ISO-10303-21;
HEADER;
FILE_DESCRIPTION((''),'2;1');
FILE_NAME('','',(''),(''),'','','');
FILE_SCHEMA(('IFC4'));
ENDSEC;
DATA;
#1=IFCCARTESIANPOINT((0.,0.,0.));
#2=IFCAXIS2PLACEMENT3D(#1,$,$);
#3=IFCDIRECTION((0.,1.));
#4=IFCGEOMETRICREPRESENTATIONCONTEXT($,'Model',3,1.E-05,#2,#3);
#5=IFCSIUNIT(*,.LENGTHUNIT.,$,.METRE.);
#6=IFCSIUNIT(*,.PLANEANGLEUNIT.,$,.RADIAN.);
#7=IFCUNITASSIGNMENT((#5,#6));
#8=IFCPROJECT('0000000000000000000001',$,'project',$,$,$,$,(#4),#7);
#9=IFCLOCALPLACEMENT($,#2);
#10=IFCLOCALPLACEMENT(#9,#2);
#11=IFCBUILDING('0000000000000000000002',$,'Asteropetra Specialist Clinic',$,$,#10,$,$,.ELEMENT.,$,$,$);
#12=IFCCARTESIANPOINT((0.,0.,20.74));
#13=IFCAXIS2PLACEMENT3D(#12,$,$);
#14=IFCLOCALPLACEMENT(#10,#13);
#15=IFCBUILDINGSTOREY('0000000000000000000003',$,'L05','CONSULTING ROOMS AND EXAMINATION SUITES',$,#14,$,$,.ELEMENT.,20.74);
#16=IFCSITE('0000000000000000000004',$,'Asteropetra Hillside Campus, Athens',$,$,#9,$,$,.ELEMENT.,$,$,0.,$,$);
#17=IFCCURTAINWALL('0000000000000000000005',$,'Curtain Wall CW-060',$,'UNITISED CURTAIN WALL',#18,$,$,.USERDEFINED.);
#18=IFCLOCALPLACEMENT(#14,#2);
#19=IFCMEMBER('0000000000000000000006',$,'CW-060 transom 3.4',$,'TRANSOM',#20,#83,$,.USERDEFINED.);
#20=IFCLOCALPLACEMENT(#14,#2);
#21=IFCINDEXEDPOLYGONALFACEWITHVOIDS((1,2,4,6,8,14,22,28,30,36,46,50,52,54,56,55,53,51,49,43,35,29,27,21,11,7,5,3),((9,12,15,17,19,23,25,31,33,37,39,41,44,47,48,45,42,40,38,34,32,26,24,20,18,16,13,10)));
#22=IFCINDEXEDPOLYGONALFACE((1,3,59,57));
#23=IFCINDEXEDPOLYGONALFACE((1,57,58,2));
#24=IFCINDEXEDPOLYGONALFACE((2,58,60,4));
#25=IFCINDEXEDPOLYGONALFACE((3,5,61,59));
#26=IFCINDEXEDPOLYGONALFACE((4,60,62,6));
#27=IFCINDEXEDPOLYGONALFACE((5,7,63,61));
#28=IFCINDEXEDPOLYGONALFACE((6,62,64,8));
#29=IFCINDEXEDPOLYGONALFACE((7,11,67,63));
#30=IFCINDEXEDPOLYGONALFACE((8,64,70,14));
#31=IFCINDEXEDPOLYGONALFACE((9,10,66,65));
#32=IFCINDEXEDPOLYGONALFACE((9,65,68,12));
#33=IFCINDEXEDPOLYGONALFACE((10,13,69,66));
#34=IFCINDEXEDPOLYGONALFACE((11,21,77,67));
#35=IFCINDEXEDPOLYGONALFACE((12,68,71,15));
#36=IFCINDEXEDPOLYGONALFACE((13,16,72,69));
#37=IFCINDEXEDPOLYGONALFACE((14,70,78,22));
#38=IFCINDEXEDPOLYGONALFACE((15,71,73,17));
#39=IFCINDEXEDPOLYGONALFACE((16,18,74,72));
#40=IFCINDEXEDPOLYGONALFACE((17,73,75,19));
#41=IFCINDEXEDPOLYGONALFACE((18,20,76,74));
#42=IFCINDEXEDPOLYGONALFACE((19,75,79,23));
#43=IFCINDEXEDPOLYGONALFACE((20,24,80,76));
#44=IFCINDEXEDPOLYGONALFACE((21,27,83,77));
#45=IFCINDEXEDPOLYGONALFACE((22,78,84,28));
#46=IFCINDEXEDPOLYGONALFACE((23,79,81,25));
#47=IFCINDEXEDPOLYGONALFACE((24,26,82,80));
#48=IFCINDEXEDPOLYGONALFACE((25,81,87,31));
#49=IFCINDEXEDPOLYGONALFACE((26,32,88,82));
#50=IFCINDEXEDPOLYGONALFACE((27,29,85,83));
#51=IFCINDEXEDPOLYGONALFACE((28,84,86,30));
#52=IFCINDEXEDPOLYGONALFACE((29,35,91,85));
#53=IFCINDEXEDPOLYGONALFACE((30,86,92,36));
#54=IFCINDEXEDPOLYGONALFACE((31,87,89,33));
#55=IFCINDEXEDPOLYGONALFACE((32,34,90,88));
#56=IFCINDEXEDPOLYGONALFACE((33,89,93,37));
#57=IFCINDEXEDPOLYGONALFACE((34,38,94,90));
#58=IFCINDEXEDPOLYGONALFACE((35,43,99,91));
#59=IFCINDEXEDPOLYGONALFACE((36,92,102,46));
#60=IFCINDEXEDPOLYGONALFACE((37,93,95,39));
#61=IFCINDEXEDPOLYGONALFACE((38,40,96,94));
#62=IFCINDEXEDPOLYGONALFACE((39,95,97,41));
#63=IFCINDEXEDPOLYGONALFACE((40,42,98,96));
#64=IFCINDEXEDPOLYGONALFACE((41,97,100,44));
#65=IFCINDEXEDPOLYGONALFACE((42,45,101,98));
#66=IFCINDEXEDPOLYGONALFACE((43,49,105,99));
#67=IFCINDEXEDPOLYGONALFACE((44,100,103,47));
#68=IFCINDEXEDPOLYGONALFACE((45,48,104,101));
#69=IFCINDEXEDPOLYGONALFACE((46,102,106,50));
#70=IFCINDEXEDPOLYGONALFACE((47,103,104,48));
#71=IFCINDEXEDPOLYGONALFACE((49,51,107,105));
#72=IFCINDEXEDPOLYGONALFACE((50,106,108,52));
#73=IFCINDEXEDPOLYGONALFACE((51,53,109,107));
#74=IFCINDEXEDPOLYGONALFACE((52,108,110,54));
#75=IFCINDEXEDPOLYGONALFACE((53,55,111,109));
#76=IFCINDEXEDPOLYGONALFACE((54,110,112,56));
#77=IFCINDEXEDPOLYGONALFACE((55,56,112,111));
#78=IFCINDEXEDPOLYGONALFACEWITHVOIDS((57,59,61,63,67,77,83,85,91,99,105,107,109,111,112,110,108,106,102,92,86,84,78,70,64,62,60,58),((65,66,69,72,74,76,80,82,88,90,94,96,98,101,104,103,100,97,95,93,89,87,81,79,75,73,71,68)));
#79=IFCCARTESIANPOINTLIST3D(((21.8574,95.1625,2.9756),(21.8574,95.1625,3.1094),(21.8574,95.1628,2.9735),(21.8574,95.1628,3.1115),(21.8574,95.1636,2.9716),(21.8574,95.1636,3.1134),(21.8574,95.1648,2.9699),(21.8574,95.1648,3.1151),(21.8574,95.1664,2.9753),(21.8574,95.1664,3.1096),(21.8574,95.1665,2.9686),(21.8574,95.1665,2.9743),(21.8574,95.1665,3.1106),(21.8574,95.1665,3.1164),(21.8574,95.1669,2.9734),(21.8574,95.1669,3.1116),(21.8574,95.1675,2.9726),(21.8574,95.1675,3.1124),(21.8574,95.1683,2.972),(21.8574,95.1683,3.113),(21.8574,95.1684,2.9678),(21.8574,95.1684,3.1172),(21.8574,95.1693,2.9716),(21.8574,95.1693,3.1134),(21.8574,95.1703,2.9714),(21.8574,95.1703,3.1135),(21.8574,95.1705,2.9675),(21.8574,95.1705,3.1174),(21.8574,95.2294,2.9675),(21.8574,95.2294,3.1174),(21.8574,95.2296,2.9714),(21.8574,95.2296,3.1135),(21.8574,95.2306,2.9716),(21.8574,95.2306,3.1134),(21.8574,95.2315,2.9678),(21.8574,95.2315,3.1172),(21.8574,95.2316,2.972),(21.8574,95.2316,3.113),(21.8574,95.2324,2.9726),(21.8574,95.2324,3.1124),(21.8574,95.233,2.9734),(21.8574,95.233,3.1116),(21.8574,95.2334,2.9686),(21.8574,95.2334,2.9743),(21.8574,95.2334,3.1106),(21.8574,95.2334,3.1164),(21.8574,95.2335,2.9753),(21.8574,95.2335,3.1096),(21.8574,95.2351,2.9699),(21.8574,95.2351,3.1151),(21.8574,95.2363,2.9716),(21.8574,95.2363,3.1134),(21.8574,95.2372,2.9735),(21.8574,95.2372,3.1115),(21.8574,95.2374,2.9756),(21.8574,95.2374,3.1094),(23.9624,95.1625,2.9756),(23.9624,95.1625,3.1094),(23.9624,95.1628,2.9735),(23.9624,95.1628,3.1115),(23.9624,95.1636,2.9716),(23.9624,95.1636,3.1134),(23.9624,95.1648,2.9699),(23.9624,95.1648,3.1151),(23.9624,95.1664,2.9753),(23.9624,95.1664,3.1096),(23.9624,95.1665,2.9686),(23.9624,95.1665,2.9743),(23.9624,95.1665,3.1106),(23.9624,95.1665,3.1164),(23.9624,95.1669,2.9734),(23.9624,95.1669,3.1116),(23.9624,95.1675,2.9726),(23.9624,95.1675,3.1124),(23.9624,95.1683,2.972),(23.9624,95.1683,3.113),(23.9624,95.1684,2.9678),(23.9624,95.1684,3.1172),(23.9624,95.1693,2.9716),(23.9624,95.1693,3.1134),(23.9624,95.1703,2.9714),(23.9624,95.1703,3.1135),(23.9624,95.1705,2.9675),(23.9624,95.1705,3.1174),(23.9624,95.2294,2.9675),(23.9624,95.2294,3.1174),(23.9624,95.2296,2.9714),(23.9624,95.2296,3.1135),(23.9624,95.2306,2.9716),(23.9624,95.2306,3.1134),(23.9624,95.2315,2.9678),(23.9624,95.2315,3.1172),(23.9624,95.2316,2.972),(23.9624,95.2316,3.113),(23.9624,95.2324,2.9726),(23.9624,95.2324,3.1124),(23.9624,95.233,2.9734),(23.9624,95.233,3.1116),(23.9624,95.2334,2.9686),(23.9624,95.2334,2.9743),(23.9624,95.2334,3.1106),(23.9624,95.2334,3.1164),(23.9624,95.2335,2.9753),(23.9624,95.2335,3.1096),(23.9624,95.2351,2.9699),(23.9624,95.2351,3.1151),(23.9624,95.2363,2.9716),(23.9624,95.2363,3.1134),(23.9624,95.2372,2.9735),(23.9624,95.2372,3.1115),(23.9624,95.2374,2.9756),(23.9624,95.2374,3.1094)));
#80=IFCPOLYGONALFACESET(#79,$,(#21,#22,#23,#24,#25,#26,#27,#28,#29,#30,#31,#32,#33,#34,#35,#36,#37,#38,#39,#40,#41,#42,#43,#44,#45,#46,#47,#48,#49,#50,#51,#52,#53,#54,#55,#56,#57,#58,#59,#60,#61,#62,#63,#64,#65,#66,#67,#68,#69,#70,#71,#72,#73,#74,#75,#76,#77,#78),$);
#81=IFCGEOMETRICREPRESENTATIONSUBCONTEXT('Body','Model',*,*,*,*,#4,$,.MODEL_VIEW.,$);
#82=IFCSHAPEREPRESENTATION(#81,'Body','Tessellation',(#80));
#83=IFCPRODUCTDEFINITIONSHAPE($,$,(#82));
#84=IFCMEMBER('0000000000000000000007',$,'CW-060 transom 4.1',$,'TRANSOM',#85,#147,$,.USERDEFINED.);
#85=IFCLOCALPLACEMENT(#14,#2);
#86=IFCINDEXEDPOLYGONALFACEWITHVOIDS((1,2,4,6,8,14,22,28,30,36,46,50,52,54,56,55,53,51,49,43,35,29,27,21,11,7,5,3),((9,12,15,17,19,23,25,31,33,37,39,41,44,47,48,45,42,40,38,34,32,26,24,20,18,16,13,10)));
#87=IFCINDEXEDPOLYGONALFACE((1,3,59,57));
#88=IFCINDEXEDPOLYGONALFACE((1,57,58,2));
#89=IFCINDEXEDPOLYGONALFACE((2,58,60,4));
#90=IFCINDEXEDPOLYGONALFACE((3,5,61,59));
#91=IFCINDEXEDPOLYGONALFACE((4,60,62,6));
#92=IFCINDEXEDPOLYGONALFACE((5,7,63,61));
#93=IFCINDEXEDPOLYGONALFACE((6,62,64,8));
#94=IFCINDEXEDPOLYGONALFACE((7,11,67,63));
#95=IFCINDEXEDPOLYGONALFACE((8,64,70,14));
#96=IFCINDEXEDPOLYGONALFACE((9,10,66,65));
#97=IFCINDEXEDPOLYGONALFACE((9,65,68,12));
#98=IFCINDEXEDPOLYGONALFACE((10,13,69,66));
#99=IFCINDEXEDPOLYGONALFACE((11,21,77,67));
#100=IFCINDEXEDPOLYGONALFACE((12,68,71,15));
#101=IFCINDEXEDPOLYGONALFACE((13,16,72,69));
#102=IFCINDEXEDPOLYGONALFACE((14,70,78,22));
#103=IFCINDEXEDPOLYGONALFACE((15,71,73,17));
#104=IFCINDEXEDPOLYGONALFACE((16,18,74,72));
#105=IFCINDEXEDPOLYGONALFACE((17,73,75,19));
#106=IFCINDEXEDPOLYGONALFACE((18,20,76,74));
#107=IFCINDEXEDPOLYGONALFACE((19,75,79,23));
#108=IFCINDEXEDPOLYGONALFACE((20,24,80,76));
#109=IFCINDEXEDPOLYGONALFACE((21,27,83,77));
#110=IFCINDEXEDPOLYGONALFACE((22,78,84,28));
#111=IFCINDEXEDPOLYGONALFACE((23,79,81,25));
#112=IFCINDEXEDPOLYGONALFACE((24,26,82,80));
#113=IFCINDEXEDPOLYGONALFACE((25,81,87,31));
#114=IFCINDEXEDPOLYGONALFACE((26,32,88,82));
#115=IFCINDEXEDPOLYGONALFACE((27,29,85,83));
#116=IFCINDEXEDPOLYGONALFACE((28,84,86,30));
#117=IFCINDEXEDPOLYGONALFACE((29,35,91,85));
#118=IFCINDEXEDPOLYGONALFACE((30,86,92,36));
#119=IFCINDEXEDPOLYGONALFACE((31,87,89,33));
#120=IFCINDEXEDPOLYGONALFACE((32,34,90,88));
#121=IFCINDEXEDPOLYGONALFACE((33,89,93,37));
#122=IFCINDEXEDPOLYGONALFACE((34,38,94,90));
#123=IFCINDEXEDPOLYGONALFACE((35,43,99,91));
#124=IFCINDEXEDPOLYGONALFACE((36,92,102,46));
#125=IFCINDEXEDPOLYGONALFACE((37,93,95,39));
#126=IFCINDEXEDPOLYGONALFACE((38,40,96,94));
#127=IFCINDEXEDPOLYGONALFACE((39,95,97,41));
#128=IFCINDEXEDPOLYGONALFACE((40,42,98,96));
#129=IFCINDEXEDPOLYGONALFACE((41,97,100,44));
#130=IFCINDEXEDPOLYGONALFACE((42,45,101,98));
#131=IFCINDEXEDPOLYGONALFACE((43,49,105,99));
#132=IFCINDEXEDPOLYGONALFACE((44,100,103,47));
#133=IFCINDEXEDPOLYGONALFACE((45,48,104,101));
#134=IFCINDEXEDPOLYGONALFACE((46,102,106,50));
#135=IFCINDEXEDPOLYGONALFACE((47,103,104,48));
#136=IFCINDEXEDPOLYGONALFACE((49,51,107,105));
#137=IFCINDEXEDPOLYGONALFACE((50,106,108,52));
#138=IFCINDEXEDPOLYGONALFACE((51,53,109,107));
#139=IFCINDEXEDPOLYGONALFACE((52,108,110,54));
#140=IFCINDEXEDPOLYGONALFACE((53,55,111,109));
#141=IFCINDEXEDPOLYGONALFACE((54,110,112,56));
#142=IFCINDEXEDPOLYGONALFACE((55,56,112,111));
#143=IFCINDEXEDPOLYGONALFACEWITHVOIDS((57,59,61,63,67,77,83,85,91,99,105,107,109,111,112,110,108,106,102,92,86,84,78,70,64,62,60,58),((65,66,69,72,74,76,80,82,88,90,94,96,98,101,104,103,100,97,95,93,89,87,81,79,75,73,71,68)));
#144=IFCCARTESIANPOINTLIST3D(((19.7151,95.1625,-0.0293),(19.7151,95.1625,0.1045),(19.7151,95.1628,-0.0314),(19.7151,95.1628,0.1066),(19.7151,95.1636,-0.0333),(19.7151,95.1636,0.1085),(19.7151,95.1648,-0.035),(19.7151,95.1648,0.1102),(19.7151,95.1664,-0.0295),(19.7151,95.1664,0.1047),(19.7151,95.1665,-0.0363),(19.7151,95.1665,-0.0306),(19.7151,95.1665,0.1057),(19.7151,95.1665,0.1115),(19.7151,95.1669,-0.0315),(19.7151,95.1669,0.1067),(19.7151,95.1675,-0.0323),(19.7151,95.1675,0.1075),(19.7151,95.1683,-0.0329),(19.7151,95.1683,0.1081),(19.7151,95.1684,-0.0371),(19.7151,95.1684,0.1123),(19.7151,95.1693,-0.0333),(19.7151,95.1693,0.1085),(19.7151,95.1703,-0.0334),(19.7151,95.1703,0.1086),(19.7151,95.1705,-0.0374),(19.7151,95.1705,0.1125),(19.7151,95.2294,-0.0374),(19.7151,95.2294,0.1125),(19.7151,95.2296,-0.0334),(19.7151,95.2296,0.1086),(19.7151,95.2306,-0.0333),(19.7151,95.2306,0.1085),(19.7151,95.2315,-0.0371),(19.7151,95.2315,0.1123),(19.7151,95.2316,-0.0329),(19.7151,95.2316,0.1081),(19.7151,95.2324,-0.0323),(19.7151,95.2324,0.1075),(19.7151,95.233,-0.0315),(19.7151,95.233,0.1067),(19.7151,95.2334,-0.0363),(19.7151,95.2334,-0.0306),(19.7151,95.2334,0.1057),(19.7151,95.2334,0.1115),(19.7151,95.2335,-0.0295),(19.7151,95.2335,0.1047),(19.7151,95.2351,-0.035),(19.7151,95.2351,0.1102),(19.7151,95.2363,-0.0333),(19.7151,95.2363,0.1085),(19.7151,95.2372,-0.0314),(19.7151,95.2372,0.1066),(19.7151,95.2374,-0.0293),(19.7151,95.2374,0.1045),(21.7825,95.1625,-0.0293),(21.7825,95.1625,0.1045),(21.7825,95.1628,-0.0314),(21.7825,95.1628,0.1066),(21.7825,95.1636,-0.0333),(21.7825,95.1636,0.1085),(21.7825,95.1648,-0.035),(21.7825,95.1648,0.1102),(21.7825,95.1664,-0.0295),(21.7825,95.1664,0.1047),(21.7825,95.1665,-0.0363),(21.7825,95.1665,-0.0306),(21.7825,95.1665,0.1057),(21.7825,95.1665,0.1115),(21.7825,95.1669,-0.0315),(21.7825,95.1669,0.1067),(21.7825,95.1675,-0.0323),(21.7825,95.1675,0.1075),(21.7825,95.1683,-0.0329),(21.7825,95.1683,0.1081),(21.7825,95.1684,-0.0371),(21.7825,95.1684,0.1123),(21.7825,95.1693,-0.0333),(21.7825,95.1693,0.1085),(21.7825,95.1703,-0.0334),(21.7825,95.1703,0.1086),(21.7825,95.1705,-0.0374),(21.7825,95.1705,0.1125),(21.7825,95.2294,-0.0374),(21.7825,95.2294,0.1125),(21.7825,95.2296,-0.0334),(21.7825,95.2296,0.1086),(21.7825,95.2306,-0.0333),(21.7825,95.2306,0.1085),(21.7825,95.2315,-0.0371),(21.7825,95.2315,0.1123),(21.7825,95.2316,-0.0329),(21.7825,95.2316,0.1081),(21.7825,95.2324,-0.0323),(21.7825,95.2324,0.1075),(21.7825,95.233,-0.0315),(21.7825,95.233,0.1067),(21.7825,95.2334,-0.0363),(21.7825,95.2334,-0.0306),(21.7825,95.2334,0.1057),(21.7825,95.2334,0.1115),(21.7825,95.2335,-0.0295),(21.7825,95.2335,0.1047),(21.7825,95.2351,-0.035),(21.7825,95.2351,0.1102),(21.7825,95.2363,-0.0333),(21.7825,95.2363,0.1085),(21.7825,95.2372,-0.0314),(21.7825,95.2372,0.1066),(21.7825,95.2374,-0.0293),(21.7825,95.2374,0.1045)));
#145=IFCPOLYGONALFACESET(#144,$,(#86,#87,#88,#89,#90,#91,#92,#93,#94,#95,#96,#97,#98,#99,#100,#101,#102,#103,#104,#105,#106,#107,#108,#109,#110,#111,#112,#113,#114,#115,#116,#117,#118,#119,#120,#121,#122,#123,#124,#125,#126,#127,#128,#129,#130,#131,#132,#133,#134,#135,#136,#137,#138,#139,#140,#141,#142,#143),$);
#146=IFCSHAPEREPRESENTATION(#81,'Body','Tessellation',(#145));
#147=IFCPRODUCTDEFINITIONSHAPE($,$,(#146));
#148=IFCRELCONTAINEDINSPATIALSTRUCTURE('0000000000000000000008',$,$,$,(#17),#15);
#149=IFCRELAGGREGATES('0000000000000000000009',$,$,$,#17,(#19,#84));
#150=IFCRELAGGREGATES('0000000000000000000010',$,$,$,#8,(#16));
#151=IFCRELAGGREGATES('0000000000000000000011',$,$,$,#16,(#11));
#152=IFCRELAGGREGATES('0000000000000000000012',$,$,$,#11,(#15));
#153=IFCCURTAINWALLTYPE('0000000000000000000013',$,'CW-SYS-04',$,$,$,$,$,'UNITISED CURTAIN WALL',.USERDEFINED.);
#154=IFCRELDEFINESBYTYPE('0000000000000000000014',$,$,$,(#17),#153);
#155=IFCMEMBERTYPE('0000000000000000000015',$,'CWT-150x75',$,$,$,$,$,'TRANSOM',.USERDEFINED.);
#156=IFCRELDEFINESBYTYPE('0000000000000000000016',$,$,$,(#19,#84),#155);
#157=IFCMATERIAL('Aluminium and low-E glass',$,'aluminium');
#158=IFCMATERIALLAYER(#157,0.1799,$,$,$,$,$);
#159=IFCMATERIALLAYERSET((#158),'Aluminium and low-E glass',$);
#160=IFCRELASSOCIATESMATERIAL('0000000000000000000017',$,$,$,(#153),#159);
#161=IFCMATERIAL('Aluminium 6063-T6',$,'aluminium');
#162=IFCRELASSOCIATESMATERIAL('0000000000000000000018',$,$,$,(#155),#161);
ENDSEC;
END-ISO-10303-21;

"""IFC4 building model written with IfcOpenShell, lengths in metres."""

from ifc_helpers import new_model, si_unit, direction, frame, origin, origin_2d, place, context, subcontext, project, spatial, hollow_rectangle, extrude, material, layer, layer_set, material_profile, profile_set, type_object, element, aggregate, save


model = new_model("IFC4")

# Units and contexts
model_context = context("Model", 3, precision=1e-05, world=origin(), true_north=direction((0.0, 1.0)))
body_context = subcontext(model_context, "Body", "Model", "MODEL_VIEW")
ifc_project = project(units=[si_unit("LENGTHUNIT", "METRE"), si_unit("PLANEANGLEUNIT", "RADIAN")], contexts=[model_context])

# Site, building, storey
site_placement = place(None, origin())
site = spatial("IfcSite", under=ifc_project, at=site_placement, Name="Asteropetra Hillside Campus, Athens", CompositionType="ELEMENT", RefElevation=0.0)
building_placement = place(site_placement, origin())
building = spatial("IfcBuilding", under=site, at=building_placement, Name="Asteropetra Specialist Clinic", CompositionType="ELEMENT")
storey_placement = place(building_placement, frame((0.0, 0.0, 20.74)))
storey = spatial("IfcBuildingStorey", under=building, at=storey_placement, Name="L05", Description="CONSULTING ROOMS AND EXAMINATION SUITES", CompositionType="ELEMENT", Elevation=20.74)

# Curtain wall
ifc_material_1 = material(Name="Aluminium and low-E glass", Category="aluminium")
ifc_layer_1 = layer(ifc_material_1, 0.1799)
ifc_layer_set_1 = layer_set([ifc_layer_1], Name="Aluminium and low-E glass")
curtain_wall_type_1 = type_object("IfcCurtainWallType", Name="CW-SYS-04", ElementType="UNITISED CURTAIN WALL", PredefinedType="USERDEFINED", material=ifc_layer_set_1)
curtain_wall_1_placement = place(storey_placement, origin())
curtain_wall_1 = element("IfcCurtainWall", 1, at=curtain_wall_1_placement, inside=storey, type_object=curtain_wall_type_1, Name="Curtain Wall CW-060", ObjectType="UNITISED CURTAIN WALL", PredefinedType="USERDEFINED")

# Members
ifc_material_2 = material(Name="Aluminium 6063-T6", Category="aluminium")
ifc_material_profile_1 = material_profile(ifc_material_2, hollow_rectangle(XDim=0.075, YDim=0.1499, WallThickness=0.0039, InnerFilletRadius=0.0039, OuterFilletRadius=0.0081, at=origin_2d()), Name="TRN 150x75x4.0")
ifc_profile_set_1 = profile_set([ifc_material_profile_1], Name="Aluminium 6063-T6")
member_type_1 = type_object("IfcMemberType", Name="CWT-150x75", ElementType="TRANSOM", PredefinedType="USERDEFINED", material=ifc_profile_set_1)
member_1_placement = place(storey_placement, frame((23.9624, 95.2, 3.0425), z_axis=(-1.0, 0.0, 0.0), x_axis=(0.0, -1.0, 0.0)))
member_1 = element("IfcMember", 2, at=member_1_placement, type_object=member_type_1, Name="CW-060 transom 3.4", ObjectType="TRANSOM", PredefinedType="USERDEFINED", context=body_context, shape_type="SweptSolid", body=[
    extrude(hollow_rectangle(XDim=0.075, YDim=0.1499, WallThickness=0.0039, InnerFilletRadius=0.0039, OuterFilletRadius=0.0081, at=origin_2d()), origin(), (0.0, 0.0, 1.0), 2.105),
])
member_2_placement = place(storey_placement, frame((21.7825, 95.2, 0.0376), z_axis=(-1.0, 0.0, 0.0), x_axis=(0.0, -1.0, 0.0)))
member_2 = element("IfcMember", 3, at=member_2_placement, type_object=member_type_1, Name="CW-060 transom 4.1", ObjectType="TRANSOM", PredefinedType="USERDEFINED", context=body_context, shape_type="SweptSolid", body=[
    extrude(hollow_rectangle(XDim=0.075, YDim=0.1499, WallThickness=0.0039, InnerFilletRadius=0.0039, OuterFilletRadius=0.0081, at=origin_2d()), origin(), (0.0, 0.0, 1.0), 2.0674),
])

aggregate(curtain_wall_1, [member_1, member_2])

save(model, "model.ifc")
